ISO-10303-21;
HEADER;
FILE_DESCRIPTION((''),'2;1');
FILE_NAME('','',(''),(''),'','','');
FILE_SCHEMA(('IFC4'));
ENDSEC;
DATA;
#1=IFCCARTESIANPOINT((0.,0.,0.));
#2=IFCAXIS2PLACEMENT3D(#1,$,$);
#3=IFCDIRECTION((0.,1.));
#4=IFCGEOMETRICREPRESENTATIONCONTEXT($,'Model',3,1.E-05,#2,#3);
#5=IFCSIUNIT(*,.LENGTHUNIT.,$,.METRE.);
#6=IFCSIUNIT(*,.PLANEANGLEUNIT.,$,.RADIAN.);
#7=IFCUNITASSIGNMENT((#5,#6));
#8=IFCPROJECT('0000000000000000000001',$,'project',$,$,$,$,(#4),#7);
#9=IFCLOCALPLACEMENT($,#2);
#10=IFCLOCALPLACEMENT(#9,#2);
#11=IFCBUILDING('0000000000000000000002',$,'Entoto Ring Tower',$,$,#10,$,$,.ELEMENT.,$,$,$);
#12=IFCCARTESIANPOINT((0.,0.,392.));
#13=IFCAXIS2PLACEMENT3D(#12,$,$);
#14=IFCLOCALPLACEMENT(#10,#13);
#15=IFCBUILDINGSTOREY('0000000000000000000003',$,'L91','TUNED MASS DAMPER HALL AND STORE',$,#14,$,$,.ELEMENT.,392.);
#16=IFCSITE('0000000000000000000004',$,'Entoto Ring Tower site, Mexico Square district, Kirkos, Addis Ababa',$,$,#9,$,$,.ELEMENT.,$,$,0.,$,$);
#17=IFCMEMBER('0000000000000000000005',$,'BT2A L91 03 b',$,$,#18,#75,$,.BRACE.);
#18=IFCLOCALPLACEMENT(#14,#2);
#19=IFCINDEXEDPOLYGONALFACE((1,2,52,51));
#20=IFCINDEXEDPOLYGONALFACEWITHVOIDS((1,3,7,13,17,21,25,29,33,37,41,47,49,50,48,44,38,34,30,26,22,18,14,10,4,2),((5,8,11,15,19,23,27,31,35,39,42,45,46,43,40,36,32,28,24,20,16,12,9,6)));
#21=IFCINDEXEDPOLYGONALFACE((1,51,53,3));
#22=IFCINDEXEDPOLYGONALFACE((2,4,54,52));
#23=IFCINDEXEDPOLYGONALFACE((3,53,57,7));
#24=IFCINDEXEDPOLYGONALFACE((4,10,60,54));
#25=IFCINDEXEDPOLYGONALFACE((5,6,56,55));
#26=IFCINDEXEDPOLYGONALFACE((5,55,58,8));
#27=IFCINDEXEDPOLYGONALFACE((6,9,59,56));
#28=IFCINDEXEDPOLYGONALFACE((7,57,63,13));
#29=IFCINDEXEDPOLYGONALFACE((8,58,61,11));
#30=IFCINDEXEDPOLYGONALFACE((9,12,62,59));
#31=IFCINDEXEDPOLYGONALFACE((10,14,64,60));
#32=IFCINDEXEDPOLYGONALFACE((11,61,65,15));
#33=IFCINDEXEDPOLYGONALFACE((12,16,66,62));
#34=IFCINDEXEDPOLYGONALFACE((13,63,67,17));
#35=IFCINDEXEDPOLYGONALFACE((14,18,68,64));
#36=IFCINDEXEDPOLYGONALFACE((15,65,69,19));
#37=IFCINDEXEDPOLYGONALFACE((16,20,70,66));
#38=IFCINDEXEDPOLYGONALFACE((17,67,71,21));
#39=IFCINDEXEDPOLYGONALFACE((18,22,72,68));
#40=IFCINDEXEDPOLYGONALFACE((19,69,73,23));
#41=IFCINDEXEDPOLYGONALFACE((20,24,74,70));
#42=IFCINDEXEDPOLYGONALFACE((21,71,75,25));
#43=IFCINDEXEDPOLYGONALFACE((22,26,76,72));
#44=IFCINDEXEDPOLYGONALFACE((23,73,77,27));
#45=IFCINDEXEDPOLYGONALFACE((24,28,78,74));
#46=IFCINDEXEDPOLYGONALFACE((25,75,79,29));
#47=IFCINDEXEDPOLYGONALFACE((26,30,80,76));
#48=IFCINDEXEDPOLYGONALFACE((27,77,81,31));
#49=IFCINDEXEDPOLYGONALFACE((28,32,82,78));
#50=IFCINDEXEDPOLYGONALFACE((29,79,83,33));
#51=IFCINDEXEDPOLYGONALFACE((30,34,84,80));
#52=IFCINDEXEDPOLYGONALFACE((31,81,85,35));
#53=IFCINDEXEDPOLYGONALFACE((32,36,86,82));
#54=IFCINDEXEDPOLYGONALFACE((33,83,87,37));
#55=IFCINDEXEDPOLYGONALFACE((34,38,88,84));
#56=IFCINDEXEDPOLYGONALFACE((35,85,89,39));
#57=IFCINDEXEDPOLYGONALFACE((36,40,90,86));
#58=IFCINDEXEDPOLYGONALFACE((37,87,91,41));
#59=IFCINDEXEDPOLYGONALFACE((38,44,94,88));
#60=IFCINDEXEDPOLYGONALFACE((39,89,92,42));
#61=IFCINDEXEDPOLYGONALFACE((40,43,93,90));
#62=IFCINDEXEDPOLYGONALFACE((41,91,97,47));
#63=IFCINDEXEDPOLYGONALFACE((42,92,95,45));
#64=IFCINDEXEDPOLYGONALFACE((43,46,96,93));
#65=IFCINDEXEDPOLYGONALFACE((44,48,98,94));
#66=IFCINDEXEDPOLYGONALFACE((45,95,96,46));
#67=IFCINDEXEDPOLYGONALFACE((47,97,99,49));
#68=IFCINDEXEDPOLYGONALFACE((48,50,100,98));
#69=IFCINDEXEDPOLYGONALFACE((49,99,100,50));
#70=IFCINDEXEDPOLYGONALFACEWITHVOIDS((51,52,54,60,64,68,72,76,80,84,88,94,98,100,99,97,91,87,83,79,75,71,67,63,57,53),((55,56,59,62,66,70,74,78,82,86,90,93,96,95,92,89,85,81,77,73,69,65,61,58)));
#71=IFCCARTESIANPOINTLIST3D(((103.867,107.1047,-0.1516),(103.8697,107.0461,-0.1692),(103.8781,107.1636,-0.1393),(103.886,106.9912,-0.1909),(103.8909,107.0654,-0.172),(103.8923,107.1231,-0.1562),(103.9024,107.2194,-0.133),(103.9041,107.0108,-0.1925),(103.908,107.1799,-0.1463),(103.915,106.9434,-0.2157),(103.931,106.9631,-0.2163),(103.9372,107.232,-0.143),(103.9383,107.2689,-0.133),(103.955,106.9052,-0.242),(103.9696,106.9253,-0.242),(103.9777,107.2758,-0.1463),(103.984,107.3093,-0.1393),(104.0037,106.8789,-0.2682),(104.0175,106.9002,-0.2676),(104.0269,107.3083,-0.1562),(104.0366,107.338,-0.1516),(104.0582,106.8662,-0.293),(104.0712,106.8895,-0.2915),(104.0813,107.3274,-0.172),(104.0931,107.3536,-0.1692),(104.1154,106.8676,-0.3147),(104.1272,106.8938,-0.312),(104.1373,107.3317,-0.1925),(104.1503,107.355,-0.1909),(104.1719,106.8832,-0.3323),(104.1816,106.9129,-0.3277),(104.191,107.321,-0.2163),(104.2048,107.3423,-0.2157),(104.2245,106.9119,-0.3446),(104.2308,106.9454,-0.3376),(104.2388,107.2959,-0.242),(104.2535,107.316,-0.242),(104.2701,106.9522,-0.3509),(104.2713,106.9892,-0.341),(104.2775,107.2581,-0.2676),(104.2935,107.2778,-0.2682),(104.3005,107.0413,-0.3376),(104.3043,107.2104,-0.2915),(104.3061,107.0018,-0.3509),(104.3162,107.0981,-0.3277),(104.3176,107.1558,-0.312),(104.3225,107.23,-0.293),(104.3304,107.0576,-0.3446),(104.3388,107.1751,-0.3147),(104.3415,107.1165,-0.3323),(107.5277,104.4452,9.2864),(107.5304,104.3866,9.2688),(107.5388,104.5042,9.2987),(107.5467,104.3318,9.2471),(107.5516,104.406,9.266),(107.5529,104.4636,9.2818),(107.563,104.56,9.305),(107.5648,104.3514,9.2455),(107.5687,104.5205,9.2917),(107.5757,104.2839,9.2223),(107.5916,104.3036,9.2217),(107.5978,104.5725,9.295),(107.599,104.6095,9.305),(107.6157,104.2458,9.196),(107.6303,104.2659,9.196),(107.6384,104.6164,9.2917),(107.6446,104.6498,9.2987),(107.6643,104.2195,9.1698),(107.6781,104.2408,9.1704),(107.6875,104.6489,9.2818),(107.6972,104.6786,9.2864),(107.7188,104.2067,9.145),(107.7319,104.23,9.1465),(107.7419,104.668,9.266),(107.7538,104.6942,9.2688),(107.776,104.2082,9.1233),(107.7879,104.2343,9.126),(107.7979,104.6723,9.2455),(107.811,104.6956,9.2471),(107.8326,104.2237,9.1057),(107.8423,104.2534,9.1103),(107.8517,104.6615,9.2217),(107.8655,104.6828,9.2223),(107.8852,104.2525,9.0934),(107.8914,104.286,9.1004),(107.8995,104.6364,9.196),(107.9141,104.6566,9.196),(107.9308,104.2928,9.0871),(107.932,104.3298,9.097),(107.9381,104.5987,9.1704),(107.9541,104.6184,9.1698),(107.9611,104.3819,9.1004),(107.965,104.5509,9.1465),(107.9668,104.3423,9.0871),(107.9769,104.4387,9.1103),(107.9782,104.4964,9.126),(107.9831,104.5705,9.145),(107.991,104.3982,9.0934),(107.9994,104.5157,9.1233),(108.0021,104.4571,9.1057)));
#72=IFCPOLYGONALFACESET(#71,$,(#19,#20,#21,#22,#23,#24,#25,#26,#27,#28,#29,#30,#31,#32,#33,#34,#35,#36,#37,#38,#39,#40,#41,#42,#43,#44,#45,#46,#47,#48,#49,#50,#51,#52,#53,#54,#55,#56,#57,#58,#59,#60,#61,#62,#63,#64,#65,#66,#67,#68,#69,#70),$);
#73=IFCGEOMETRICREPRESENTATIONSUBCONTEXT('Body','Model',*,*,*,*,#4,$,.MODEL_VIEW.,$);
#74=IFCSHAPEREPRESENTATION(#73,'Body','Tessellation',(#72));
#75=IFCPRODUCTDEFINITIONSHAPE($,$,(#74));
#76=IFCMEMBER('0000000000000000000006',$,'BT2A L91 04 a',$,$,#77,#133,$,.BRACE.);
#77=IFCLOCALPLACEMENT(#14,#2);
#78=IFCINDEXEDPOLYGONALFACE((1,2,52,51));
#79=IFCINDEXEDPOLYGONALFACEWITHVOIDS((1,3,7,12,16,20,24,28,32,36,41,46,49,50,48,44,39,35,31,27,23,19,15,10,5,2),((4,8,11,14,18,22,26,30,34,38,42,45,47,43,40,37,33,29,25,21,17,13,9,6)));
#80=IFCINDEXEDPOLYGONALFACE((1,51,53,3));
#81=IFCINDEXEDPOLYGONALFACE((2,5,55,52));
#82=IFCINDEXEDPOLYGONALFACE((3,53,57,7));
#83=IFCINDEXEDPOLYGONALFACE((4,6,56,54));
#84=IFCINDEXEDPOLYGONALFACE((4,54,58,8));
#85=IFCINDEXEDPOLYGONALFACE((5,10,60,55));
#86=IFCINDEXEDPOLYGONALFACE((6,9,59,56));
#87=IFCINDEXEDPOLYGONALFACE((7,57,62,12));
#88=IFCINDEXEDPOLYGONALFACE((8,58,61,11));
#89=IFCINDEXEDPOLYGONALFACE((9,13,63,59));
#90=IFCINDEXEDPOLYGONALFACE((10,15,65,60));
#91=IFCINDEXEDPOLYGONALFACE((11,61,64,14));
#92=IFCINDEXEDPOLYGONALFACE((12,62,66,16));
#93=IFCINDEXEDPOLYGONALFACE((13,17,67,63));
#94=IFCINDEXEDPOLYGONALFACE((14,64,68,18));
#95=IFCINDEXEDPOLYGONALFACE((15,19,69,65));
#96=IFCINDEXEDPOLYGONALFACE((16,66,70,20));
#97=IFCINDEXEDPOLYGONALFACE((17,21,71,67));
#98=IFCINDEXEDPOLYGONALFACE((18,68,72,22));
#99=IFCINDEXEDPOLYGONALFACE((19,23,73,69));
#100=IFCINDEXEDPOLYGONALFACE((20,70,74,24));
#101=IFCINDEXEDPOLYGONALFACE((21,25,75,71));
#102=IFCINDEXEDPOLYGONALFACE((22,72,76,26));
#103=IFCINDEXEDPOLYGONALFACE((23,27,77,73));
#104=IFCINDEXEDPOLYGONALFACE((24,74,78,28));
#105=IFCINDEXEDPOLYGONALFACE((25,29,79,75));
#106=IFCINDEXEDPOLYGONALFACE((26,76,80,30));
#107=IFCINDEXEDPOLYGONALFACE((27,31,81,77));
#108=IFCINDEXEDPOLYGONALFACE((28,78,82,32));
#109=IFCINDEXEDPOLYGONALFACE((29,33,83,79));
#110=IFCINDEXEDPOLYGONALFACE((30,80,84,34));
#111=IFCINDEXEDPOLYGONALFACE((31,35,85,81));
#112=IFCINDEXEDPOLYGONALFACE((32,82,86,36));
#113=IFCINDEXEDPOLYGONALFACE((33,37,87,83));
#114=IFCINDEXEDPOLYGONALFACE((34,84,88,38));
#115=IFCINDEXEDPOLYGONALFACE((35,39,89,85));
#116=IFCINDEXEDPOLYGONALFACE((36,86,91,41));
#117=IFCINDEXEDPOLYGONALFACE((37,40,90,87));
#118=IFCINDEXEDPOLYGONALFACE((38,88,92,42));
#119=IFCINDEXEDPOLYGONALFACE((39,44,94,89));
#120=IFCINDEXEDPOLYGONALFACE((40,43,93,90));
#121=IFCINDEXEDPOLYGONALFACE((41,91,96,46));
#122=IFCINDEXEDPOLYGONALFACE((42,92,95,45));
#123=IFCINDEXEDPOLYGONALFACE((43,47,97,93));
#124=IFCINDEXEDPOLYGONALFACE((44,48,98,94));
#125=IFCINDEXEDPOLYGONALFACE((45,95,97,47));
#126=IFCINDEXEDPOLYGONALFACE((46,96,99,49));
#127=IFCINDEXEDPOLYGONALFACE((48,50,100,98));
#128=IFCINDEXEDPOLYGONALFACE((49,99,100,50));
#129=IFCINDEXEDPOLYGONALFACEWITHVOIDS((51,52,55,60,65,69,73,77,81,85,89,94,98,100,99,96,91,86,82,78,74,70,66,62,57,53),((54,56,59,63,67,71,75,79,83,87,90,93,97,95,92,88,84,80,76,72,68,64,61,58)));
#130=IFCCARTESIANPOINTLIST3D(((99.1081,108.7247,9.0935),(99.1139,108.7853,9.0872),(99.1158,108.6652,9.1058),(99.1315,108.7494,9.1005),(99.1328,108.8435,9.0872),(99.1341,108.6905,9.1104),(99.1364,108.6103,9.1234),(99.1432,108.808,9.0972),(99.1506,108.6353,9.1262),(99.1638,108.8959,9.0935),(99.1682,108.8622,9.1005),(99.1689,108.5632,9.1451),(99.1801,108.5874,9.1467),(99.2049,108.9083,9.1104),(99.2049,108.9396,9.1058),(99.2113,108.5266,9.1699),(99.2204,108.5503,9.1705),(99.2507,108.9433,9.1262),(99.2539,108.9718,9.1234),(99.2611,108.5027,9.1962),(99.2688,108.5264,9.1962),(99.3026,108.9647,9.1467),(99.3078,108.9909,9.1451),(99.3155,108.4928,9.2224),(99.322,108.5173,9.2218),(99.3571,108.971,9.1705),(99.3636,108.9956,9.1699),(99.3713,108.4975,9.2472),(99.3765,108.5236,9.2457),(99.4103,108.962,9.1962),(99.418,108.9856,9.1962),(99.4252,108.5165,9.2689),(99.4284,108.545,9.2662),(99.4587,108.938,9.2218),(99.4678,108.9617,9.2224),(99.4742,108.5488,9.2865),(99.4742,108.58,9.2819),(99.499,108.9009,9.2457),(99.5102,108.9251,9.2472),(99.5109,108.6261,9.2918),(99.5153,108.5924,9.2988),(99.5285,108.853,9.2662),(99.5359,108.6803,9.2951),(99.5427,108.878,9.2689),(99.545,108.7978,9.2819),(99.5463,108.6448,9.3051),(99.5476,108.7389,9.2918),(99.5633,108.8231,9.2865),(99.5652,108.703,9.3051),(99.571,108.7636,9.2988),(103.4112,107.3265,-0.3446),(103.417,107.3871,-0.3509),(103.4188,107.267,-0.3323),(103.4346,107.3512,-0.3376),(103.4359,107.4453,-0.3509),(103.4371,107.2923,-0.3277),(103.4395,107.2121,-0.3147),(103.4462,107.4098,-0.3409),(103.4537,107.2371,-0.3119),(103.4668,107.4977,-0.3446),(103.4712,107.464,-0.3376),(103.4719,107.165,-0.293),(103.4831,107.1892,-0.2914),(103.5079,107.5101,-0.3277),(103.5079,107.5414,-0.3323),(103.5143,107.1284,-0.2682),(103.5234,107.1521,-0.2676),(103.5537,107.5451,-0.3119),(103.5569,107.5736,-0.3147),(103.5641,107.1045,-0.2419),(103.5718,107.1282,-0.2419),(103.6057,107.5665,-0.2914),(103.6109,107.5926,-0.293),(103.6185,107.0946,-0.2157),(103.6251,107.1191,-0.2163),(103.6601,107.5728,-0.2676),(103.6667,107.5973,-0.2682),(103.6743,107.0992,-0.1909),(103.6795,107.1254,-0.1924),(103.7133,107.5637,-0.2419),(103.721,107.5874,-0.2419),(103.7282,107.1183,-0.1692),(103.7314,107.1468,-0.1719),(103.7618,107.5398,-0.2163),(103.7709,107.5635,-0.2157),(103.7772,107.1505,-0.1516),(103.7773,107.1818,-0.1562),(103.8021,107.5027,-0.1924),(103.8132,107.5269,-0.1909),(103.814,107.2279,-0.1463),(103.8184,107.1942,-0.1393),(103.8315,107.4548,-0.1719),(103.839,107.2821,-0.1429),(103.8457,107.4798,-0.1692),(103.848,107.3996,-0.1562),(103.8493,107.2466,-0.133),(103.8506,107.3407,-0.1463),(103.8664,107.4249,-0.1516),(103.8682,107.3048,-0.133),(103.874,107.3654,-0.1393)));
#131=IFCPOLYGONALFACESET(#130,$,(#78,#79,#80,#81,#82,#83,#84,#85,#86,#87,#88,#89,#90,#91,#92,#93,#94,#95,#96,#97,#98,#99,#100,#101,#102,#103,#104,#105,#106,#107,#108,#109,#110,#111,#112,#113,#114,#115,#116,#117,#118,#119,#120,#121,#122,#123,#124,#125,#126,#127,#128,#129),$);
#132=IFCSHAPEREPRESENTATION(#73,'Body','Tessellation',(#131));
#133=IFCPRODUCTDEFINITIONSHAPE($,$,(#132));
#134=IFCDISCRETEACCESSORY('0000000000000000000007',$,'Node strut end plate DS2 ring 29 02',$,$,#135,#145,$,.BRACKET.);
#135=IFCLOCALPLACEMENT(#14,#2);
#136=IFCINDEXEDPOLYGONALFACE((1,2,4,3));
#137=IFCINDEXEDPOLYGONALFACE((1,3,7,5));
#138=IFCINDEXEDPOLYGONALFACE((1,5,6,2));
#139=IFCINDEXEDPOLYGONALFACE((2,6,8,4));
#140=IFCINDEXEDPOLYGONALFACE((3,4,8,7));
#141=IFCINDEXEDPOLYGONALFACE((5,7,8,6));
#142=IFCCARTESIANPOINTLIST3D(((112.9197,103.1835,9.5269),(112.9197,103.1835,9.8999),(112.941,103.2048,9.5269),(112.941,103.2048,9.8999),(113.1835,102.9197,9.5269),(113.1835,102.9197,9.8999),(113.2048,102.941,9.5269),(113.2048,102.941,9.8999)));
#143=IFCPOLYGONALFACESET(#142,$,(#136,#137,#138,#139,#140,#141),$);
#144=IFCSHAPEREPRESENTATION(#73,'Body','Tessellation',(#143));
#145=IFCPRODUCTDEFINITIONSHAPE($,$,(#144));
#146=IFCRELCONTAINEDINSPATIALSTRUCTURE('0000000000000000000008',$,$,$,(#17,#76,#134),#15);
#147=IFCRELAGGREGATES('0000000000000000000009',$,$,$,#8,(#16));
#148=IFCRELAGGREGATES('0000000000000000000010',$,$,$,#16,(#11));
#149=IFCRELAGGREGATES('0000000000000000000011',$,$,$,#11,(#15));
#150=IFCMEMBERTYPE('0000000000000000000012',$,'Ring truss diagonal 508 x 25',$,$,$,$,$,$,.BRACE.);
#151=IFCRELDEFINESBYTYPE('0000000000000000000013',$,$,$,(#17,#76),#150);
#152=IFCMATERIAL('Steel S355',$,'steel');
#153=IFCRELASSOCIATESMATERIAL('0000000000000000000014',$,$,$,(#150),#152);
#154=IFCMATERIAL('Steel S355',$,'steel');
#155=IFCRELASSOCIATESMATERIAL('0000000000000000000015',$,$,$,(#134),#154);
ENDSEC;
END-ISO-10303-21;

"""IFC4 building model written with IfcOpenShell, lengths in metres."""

from ifc_helpers import new_model, si_unit, direction, frame, origin, origin_2d, place, context, subcontext, project, spatial, rectangle, circle, hollow_circle, extrude, material, material_profile, profile_set, type_object, element, save


model = new_model("IFC4")

# Units and contexts
model_context = context("Model", 3, precision=1e-05, world=origin(), true_north=direction((0.0, 1.0)))
body_context = subcontext(model_context, "Body", "Model", "MODEL_VIEW")
ifc_project = project(units=[si_unit("LENGTHUNIT", "METRE"), si_unit("PLANEANGLEUNIT", "RADIAN")], contexts=[model_context])

# Site, building, storey
site_placement = place(None, origin())
site = spatial("IfcSite", under=ifc_project, at=site_placement, Name="Entoto Ring Tower site, Mexico Square district, Kirkos, Addis Ababa", CompositionType="ELEMENT", RefElevation=0.0)
building_placement = place(site_placement, origin())
building = spatial("IfcBuilding", under=site, at=building_placement, Name="Entoto Ring Tower", CompositionType="ELEMENT")
storey_placement = place(building_placement, frame((0.0, 0.0, 392.0)))
storey = spatial("IfcBuildingStorey", under=building, at=storey_placement, Name="L91", Description="TUNED MASS DAMPER HALL AND STORE", CompositionType="ELEMENT", Elevation=392.0)

# Members
ifc_material_1 = material(Name="Steel S355", Category="steel")
ifc_material_profile_1 = material_profile(ifc_material_1, hollow_circle(Radius=0.2539, WallThickness=0.0249, at=origin_2d()), Name="CHS 508 x 25")
ifc_material_2 = material(Name="Concrete C60/75", Category="concrete")
ifc_material_profile_2 = material_profile(ifc_material_2, circle(Radius=0.229, at=origin_2d()), Name="Concrete C60/75 infill")
ifc_profile_set_1 = profile_set([ifc_material_profile_1, ifc_material_profile_2], Name="Steel S355")
member_type_1 = type_object("IfcMemberType", Name="Ring truss diagonal 508 x 25", PredefinedType="BRACE", material=ifc_profile_set_1)
for number, where, z_axis, x_axis, name in (
    (1, (107.7649, 104.4512, 9.196), (-0.349747, 0.254088, -0.901729), (-0.587758, -0.809037, 0.0), "BT2A L91 03 b"),
    (2, (103.6426, 107.3459, -0.2419), (-0.411122, 0.133588, 0.901739), (-0.309031, -0.951052, 0.0), "BT2A L91 04 a"),
):
    element("IfcMember", number, at=place(storey_placement, frame(where, z_axis=z_axis, x_axis=x_axis)), inside=storey, type_object=member_type_1, Name=name, PredefinedType="BRACE", context=body_context, shape_type="SweptSolid", body=[
        extrude(hollow_circle(Radius=0.2539, WallThickness=0.0249, at=origin_2d()), origin(), (0.0, 0.0, 1.0), 10.4666),
    ])

# Discrete accessory
ifc_material_3 = material(Name="Steel S355", Category="steel")
discrete_accessory_placement = place(storey_placement, frame((113.0623, 103.0623, 9.5269), z_axis=(0.0, 0.0, 1.0), x_axis=(0.707107, 0.707107, 0.0)))
element("IfcDiscreteAccessory", 3, at=discrete_accessory_placement, inside=storey, material=ifc_material_3, Name="Node strut end plate DS2 ring 29 02", PredefinedType="BRACKET", context=body_context, shape_type="SweptSolid", body=[
    extrude(rectangle(XDim=0.03, YDim=0.373, at=origin_2d()), origin(), (0.0, 0.0, 1.0), 0.373),
])

save(model, "model.ifc")
